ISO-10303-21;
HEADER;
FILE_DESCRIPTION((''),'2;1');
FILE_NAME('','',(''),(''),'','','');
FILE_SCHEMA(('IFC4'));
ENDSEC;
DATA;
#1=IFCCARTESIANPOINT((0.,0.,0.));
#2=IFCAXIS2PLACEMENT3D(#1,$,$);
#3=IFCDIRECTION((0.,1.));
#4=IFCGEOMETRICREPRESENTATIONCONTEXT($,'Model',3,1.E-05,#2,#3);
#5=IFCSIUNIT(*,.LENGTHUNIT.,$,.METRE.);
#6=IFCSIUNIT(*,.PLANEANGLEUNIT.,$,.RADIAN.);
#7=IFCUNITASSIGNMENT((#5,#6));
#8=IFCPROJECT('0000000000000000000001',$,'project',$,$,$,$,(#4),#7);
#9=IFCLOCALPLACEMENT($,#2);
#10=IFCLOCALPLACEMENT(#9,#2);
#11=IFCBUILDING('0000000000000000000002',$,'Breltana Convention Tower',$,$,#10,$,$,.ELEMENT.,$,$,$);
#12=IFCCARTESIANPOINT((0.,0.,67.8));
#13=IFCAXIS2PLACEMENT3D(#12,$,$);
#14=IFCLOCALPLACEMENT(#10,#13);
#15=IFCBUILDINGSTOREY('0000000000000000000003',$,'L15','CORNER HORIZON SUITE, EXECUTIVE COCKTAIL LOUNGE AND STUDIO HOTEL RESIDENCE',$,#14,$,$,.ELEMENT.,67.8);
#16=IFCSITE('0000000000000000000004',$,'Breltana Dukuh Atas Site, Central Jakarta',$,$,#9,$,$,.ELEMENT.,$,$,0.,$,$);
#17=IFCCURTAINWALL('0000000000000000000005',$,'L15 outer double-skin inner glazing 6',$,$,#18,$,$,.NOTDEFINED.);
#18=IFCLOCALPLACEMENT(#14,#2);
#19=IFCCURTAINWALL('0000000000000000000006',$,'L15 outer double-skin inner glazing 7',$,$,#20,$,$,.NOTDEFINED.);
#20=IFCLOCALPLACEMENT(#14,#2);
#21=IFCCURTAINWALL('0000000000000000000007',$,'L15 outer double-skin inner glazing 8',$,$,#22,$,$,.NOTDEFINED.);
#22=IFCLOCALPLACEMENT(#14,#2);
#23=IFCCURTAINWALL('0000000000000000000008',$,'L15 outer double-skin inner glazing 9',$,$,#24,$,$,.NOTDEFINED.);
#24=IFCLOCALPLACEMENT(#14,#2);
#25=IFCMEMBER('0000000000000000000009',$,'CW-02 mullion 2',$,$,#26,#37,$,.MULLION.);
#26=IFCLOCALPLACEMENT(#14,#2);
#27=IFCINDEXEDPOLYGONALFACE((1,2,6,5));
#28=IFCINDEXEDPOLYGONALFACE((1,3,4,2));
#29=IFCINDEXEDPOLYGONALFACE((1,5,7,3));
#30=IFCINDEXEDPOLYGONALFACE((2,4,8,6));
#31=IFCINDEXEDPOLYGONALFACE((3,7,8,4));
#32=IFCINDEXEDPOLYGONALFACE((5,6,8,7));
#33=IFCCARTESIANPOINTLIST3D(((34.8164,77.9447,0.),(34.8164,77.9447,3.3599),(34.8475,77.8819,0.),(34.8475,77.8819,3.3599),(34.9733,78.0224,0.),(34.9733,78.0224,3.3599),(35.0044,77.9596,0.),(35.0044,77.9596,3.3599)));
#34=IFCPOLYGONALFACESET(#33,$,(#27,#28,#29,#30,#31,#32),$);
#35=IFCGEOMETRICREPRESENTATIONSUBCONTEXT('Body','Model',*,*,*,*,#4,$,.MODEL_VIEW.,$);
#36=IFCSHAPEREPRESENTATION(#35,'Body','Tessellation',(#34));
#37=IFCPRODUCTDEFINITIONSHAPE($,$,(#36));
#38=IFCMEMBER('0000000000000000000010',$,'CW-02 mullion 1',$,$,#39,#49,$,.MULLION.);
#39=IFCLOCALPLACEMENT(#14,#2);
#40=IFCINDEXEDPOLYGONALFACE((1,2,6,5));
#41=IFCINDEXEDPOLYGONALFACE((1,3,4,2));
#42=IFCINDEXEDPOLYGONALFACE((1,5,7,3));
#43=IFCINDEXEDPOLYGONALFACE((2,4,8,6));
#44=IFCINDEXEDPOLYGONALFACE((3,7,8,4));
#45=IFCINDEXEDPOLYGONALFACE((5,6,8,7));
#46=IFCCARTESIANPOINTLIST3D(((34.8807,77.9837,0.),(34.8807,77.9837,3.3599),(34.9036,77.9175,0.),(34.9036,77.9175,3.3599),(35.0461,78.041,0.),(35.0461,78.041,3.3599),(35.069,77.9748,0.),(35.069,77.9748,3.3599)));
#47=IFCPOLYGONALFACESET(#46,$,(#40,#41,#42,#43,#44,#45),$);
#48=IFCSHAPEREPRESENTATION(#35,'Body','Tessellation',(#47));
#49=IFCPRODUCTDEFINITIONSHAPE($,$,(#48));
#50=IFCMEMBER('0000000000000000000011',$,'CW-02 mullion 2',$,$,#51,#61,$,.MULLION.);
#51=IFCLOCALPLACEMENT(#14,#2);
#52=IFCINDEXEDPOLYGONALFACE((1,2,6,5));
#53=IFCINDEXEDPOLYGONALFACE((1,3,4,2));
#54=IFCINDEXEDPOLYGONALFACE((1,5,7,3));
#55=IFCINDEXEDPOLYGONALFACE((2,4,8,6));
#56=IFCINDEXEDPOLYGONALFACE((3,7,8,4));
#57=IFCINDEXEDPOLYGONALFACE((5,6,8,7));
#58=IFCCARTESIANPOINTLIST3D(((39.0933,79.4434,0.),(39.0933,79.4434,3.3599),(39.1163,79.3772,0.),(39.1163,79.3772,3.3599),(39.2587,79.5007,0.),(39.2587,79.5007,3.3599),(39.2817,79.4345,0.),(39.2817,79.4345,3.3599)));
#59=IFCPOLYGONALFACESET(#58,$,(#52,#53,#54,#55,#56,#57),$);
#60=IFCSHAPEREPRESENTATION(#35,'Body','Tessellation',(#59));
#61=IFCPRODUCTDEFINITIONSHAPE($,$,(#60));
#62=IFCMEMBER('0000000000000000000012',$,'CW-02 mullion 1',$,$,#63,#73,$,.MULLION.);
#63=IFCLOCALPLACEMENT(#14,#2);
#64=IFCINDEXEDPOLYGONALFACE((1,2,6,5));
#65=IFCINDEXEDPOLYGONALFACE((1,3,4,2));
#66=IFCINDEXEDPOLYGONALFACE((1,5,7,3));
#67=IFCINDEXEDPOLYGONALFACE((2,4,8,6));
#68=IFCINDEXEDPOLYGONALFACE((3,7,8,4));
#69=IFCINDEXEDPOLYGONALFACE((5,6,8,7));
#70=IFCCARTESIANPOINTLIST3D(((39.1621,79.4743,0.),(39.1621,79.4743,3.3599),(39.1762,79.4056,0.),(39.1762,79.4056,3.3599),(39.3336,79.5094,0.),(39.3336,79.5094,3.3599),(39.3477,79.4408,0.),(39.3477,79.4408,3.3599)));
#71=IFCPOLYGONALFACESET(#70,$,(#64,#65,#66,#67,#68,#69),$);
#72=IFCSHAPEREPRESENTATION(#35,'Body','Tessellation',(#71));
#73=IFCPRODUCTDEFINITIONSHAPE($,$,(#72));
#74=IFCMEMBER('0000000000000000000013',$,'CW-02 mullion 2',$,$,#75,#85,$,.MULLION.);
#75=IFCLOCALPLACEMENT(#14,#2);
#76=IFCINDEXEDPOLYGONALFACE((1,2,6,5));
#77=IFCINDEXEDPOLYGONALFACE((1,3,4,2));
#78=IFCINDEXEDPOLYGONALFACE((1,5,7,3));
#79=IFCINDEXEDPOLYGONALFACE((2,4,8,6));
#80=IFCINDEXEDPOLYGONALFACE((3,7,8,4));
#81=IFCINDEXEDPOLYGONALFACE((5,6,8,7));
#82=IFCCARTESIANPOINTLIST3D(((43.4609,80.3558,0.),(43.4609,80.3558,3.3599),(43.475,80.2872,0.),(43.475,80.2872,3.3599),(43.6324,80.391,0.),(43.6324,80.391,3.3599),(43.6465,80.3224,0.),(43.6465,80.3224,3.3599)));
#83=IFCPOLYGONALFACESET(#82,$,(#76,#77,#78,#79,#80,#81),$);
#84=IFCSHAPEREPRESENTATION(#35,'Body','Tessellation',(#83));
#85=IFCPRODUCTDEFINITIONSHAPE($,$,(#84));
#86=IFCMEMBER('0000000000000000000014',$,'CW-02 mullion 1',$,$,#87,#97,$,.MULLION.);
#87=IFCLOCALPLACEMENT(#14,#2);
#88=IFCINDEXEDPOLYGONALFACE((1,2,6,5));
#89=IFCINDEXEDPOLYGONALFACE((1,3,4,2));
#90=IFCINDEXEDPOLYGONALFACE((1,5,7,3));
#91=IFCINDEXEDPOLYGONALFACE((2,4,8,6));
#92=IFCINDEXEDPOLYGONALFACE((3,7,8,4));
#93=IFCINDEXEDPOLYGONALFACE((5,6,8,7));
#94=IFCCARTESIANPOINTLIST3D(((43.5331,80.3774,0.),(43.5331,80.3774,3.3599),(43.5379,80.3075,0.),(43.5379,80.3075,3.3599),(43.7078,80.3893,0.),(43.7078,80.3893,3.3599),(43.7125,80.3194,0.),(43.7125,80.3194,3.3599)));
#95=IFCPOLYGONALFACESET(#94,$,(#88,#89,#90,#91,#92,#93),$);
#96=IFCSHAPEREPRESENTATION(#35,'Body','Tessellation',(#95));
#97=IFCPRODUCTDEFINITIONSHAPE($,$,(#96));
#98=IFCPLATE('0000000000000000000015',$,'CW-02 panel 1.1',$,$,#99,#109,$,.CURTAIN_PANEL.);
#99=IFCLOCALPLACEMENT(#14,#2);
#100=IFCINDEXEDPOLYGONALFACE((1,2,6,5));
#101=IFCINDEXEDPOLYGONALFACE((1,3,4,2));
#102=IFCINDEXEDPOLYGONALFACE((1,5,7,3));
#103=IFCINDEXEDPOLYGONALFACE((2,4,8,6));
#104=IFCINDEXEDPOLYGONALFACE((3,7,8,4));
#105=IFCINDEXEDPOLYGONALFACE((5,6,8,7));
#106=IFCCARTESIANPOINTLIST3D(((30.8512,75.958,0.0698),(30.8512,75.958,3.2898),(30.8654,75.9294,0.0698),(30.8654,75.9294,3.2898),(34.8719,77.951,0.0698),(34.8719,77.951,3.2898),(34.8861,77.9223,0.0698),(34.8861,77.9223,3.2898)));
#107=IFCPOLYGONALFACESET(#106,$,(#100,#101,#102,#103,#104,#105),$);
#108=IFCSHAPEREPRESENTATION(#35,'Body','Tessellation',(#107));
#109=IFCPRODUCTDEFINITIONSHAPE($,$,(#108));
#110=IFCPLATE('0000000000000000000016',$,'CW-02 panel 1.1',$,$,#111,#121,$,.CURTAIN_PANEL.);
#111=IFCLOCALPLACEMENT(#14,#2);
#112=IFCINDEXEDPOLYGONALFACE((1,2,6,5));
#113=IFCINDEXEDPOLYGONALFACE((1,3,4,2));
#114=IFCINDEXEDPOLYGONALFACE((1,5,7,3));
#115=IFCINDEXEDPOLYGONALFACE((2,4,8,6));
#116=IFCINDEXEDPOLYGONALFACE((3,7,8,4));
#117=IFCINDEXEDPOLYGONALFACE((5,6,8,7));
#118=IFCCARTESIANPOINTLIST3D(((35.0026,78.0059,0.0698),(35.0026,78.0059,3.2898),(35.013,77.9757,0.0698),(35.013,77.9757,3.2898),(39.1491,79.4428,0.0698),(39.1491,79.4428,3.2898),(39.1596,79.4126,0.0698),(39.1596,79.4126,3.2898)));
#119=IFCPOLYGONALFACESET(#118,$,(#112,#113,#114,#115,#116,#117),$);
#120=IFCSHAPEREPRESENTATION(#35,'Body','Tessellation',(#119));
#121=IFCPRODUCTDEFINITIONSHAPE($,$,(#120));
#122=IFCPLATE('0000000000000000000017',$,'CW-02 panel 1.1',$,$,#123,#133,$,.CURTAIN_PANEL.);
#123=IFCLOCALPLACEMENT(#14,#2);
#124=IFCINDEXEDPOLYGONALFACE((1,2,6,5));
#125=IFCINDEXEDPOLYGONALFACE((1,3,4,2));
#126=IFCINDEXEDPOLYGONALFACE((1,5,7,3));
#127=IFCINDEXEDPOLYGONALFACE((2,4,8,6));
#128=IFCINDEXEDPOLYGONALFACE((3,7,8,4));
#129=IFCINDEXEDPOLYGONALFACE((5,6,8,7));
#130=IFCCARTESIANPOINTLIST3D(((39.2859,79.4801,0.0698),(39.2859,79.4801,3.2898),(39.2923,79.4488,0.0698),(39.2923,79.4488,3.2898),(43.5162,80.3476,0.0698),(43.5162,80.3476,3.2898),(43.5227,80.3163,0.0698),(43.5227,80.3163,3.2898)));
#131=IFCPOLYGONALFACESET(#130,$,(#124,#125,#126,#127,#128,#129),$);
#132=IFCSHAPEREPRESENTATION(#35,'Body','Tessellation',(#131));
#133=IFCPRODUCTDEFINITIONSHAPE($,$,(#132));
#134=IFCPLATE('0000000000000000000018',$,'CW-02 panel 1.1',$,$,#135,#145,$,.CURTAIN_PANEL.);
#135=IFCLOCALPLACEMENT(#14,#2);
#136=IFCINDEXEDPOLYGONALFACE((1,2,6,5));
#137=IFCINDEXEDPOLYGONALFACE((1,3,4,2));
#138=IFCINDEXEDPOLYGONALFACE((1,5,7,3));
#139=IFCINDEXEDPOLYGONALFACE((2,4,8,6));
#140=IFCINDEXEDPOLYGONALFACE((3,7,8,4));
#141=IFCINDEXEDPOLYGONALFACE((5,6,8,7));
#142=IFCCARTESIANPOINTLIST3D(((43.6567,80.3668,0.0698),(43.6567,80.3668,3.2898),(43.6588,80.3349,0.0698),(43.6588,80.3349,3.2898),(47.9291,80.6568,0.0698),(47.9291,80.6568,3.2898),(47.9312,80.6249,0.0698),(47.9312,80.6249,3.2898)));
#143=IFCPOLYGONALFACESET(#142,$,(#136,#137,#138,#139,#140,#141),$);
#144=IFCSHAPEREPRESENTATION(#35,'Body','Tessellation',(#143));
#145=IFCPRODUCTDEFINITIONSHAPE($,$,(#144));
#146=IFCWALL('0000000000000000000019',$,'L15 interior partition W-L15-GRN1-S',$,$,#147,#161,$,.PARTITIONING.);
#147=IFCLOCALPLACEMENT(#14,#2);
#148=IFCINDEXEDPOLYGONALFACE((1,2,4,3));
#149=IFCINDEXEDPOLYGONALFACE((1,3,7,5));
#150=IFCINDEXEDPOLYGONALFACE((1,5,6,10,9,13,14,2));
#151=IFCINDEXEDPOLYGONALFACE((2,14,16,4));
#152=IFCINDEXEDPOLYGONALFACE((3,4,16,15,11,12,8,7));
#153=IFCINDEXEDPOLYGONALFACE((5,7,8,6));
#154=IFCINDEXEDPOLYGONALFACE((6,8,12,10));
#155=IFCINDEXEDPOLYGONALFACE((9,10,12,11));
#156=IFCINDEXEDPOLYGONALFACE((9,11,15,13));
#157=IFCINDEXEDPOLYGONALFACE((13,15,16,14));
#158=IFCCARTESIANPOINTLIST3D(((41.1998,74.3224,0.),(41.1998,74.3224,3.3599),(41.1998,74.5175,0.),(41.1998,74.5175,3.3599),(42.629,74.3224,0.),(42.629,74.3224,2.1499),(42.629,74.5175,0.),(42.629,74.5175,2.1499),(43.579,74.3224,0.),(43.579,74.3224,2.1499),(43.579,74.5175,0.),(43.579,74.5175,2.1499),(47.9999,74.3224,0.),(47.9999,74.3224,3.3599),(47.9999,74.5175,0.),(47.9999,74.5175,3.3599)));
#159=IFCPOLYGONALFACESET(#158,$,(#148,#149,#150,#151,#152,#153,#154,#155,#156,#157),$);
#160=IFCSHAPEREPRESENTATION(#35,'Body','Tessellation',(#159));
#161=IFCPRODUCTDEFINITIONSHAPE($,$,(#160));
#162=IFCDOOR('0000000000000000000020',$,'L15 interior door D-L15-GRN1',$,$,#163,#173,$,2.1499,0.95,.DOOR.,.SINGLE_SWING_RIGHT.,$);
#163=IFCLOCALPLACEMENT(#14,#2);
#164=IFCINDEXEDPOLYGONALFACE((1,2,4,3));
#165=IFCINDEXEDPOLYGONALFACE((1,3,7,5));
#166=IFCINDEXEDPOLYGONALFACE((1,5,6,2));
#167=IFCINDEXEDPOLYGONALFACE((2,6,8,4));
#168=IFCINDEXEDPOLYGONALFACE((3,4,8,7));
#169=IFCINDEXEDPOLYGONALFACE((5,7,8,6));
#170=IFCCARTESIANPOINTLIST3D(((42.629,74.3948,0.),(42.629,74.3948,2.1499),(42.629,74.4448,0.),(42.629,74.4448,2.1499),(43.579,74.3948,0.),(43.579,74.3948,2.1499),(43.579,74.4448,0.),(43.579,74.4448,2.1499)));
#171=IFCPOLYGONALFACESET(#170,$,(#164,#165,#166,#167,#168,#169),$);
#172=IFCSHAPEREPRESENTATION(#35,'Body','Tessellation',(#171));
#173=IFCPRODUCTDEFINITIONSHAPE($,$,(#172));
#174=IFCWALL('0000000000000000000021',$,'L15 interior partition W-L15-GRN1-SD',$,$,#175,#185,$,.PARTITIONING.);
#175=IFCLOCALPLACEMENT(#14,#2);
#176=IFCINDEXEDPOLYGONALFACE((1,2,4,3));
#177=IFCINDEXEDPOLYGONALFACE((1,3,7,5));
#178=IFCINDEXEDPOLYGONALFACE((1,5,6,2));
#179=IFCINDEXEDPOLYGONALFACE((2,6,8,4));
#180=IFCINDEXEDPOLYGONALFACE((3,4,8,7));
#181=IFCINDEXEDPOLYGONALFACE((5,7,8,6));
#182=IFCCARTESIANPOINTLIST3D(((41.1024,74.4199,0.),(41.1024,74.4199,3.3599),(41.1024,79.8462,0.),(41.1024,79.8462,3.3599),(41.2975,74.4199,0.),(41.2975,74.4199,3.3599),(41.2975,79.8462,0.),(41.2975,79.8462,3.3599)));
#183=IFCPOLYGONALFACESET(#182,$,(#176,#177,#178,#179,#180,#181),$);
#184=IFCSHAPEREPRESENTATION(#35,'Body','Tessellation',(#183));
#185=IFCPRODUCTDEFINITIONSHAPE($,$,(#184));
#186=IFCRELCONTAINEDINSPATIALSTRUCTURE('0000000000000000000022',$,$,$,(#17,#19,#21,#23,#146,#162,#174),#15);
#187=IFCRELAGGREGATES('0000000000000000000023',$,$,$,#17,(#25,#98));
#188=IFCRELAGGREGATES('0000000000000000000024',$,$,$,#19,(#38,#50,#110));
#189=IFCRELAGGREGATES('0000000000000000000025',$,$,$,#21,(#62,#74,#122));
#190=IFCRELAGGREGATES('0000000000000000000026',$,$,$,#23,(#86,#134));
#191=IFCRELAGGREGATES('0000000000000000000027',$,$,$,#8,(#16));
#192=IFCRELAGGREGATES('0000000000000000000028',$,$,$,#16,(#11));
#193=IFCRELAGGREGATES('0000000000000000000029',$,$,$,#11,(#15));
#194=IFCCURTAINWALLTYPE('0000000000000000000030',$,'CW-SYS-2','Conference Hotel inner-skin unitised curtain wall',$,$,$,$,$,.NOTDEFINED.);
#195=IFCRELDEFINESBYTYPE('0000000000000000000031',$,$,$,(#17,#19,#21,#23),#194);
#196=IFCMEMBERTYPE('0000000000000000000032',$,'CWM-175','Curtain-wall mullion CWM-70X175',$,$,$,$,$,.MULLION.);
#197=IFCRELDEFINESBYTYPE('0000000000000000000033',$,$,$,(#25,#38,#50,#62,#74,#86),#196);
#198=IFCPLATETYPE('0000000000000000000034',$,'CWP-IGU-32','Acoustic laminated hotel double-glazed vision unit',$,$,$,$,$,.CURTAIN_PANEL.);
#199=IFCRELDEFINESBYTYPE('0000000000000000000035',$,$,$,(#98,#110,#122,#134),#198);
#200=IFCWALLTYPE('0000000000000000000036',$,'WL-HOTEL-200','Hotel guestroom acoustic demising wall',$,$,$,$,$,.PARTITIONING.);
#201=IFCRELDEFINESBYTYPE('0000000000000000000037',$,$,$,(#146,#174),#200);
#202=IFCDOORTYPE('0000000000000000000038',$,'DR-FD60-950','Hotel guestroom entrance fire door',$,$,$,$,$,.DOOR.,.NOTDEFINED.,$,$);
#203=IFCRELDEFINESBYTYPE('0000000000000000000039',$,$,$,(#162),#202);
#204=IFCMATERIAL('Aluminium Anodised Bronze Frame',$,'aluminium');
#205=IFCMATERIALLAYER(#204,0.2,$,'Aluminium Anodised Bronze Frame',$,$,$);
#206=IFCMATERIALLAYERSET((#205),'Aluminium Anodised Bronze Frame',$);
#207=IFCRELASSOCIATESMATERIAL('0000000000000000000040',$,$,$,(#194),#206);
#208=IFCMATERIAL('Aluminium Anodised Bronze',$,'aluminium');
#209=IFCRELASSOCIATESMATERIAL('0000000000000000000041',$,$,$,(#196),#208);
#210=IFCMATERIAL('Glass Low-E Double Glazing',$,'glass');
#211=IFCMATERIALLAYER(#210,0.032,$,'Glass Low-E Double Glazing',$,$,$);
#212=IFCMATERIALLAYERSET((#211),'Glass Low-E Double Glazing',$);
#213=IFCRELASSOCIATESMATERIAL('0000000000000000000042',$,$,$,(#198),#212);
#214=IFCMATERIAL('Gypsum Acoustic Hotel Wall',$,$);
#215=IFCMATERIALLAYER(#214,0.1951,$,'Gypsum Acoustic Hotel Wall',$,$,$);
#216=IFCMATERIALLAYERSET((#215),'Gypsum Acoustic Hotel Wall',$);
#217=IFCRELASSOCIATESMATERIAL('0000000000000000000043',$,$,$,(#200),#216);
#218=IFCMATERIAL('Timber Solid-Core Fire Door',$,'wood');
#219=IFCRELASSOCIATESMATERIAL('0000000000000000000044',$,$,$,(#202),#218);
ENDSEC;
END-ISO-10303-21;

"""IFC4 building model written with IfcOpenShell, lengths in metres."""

from ifc_helpers import new_model, si_unit, direction, frame, frame_2d, origin, origin_2d, place, context, subcontext, project, spatial, rectangle, extrude, source, transform, mapped, material, layer, layer_set, material_profile, profile_set, type_object, type_shapes, element, fill, aggregate, save


model = new_model("IFC4")

# Units and contexts
model_context = context("Model", 3, precision=1e-05, world=origin(), true_north=direction((0.0, 1.0)))
body_context = subcontext(model_context, "Body", "Model", "MODEL_VIEW")
ifc_project = project(units=[si_unit("LENGTHUNIT", "METRE"), si_unit("PLANEANGLEUNIT", "RADIAN")], contexts=[model_context])

# Site, building, storey
site_placement = place(None, origin())
site = spatial("IfcSite", under=ifc_project, at=site_placement, Name="Breltana Dukuh Atas Site, Central Jakarta", CompositionType="ELEMENT", RefElevation=0.0)
building_placement = place(site_placement, origin())
building = spatial("IfcBuilding", under=site, at=building_placement, Name="Breltana Convention Tower", CompositionType="ELEMENT")
storey_placement = place(building_placement, frame((0.0, 0.0, 67.8)))
storey = spatial("IfcBuildingStorey", under=building, at=storey_placement, Name="L15", Description="CORNER HORIZON SUITE, EXECUTIVE COCKTAIL LOUNGE AND STUDIO HOTEL RESIDENCE", CompositionType="ELEMENT", Elevation=67.8)

# Curtain walls
ifc_material_1 = material(Name="Aluminium Anodised Bronze Frame", Category="aluminium")
ifc_layer_1 = layer(ifc_material_1, 0.2, Name="Aluminium Anodised Bronze Frame")
ifc_layer_set_1 = layer_set([ifc_layer_1], Name="Aluminium Anodised Bronze Frame")
curtain_wall_type = type_object("IfcCurtainWallType", Name="CW-SYS-2", Description="Conference Hotel inner-skin unitised curtain wall", PredefinedType="NOTDEFINED", material=ifc_layer_set_1)
curtain_wall_1_placement = place(storey_placement, origin())
curtain_wall_1 = element("IfcCurtainWall", 1, at=curtain_wall_1_placement, inside=storey, type_object=curtain_wall_type, Name="L15 outer double-skin inner glazing 6", PredefinedType="NOTDEFINED")
ifc_material_2 = material(Name="Aluminium Anodised Bronze", Category="aluminium")
curtain_wall_2_placement = place(storey_placement, origin())
curtain_wall_2 = element("IfcCurtainWall", 2, at=curtain_wall_2_placement, inside=storey, type_object=curtain_wall_type, Name="L15 outer double-skin inner glazing 7", PredefinedType="NOTDEFINED")
curtain_wall_3_placement = place(storey_placement, origin())
curtain_wall_3 = element("IfcCurtainWall", 3, at=curtain_wall_3_placement, inside=storey, type_object=curtain_wall_type, Name="L15 outer double-skin inner glazing 8", PredefinedType="NOTDEFINED")
curtain_wall_4_placement = place(storey_placement, origin())
curtain_wall_4 = element("IfcCurtainWall", 4, at=curtain_wall_4_placement, inside=storey, type_object=curtain_wall_type, Name="L15 outer double-skin inner glazing 9", PredefinedType="NOTDEFINED")

# Members
ifc_material_profile_1 = material_profile(ifc_material_2, rectangle(XDim=0.0701, YDim=0.175, at=origin_2d()), Name="CWM-70X175")
ifc_profile_set_1 = profile_set([ifc_material_profile_1], Name="Aluminium Anodised Bronze")
member_type_1 = type_object("IfcMemberType", Name="CWM-175", Description="Curtain-wall mullion CWM-70X175", PredefinedType="MULLION", material=ifc_profile_set_1)
shared_shape_1 = source(origin(), body_context, "Body", "SweptSolid", [
    extrude(rectangle(XDim=0.0701, YDim=0.175, at=origin_2d()), origin(), (0.0, 0.0, 1.0), 3.3599),
])
member_1_placement = place(storey_placement, frame((34.9104, 77.9521, 0.0), z_axis=(0.0, 0.0, 1.0), x_axis=(-0.444108, 0.895973, 0.0)))
member_1 = element("IfcMember", 5, at=member_1_placement, type_object=member_type_1, Name="CW-02 mullion 2", PredefinedType="MULLION", context=body_context, shape_type="MappedRepresentation", body=[
    mapped(shared_shape_1, transform((0.0, 0.0, 0.0), scale=1.0)),
])
member_2_placement = place(storey_placement, frame((34.9749, 77.9792, 0.0), z_axis=(0.0, 0.0, 1.0), x_axis=(-0.327428, 0.944876, 0.0)))
member_2 = element("IfcMember", 6, at=member_2_placement, type_object=member_type_1, Name="CW-02 mullion 1", PredefinedType="MULLION", context=body_context, shape_type="MappedRepresentation", body=[
    mapped(shared_shape_1, transform((0.0, 0.0, 0.0), scale=1.0)),
])
member_3_placement = place(storey_placement, frame((39.1875, 79.439, 0.0), z_axis=(0.0, 0.0, 1.0), x_axis=(-0.327428, 0.944876, 0.0)))
member_3 = element("IfcMember", 7, at=member_3_placement, type_object=member_type_1, Name="CW-02 mullion 2", PredefinedType="MULLION", context=body_context, shape_type="MappedRepresentation", body=[
    mapped(shared_shape_1, transform((0.0, 0.0, 0.0), scale=1.0)),
])
member_4_placement = place(storey_placement, frame((39.2549, 79.4575, 0.0), z_axis=(0.0, 0.0, 1.0), x_axis=(-0.200885, 0.979615, 0.0)))
member_4 = element("IfcMember", 8, at=member_4_placement, type_object=member_type_1, Name="CW-02 mullion 1", PredefinedType="MULLION", context=body_context, shape_type="MappedRepresentation", body=[
    mapped(shared_shape_1, transform((0.0, 0.0, 0.0), scale=1.0)),
])
member_5_placement = place(storey_placement, frame((43.5537, 80.3391, 0.0), z_axis=(0.0, 0.0, 1.0), x_axis=(-0.200885, 0.979615, 0.0)))
member_5 = element("IfcMember", 9, at=member_5_placement, type_object=member_type_1, Name="CW-02 mullion 2", PredefinedType="MULLION", context=body_context, shape_type="MappedRepresentation", body=[
    mapped(shared_shape_1, transform((0.0, 0.0, 0.0), scale=1.0)),
])
member_6_placement = place(storey_placement, frame((43.6228, 80.3484, 0.0), z_axis=(0.0, 0.0, 1.0), x_axis=(-0.067726, 0.997704, 0.0)))
member_6 = element("IfcMember", 10, at=member_6_placement, type_object=member_type_1, Name="CW-02 mullion 1", PredefinedType="MULLION", context=body_context, shape_type="MappedRepresentation", body=[
    mapped(shared_shape_1, transform((0.0, 0.0, 0.0), scale=1.0)),
])

# Plates
ifc_material_3 = material(Name="Glass Low-E Double Glazing", Category="glass")
ifc_layer_2 = layer(ifc_material_3, 0.032, Name="Glass Low-E Double Glazing")
ifc_layer_set_2 = layer_set([ifc_layer_2], Name="Glass Low-E Double Glazing")
plate_type = type_object("IfcPlateType", Name="CWP-IGU-32", Description="Acoustic laminated hotel double-glazed vision unit", PredefinedType="CURTAIN_PANEL", material=ifc_layer_set_2)
shared_shape_2 = source(origin(), body_context, "Body", "SweptSolid", [
    extrude(rectangle(XDim=4.4875, YDim=0.032, at=origin_2d()), origin(), (0.0, 0.0, 1.0), 3.22),
])
plate_1_placement = place(storey_placement, frame((32.8687, 76.9402, 0.0698), z_axis=(0.0, 0.0, 1.0), x_axis=(0.895973, 0.444108, 0.0)))
plate_1 = element("IfcPlate", 11, at=plate_1_placement, type_object=plate_type, Name="CW-02 panel 1.1", PredefinedType="CURTAIN_PANEL", context=body_context, shape_type="MappedRepresentation", body=[
    mapped(shared_shape_2, transform((0.0, 0.0, 0.0), scale=1.0)),
])
aggregate(curtain_wall_1, [member_1, plate_1])
shared_shape_3 = source(origin(), body_context, "Body", "SweptSolid", [
    extrude(rectangle(XDim=4.3884, YDim=0.032, at=origin_2d()), origin(), (0.0, 0.0, 1.0), 3.22),
])
plate_2_placement = place(storey_placement, frame((37.0811, 78.7092, 0.0698), z_axis=(0.0, 0.0, 1.0), x_axis=(0.944876, 0.327428, 0.0)))
plate_2 = element("IfcPlate", 12, at=plate_2_placement, type_object=plate_type, Name="CW-02 panel 1.1", PredefinedType="CURTAIN_PANEL", context=body_context, shape_type="MappedRepresentation", body=[
    mapped(shared_shape_3, transform((0.0, 0.0, 0.0), scale=1.0)),
])
aggregate(curtain_wall_2, [member_2, member_3, plate_2])
shared_shape_4 = source(origin(), body_context, "Body", "SweptSolid", [
    extrude(rectangle(XDim=4.3184, YDim=0.032, at=origin_2d()), origin(), (0.0, 0.0, 1.0), 3.22),
])
plate_3_placement = place(storey_placement, frame((41.4043, 79.8982, 0.0698), z_axis=(0.0, 0.0, 1.0), x_axis=(0.979615, 0.200885, 0.0)))
plate_3 = element("IfcPlate", 13, at=plate_3_placement, type_object=plate_type, Name="CW-02 panel 1.1", PredefinedType="CURTAIN_PANEL", context=body_context, shape_type="MappedRepresentation", body=[
    mapped(shared_shape_4, transform((0.0, 0.0, 0.0), scale=1.0)),
])
aggregate(curtain_wall_3, [member_4, member_5, plate_3])
shared_shape_5 = source(origin(), body_context, "Body", "SweptSolid", [
    extrude(rectangle(XDim=4.2822, YDim=0.032, at=origin_2d()), origin(), (0.0, 0.0, 1.0), 3.22),
])
plate_4_placement = place(storey_placement, frame((45.7939, 80.4958, 0.0698), z_axis=(0.0, 0.0, 1.0), x_axis=(0.997704, 0.067726, 0.0)))
plate_4 = element("IfcPlate", 14, at=plate_4_placement, type_object=plate_type, Name="CW-02 panel 1.1", PredefinedType="CURTAIN_PANEL", context=body_context, shape_type="MappedRepresentation", body=[
    mapped(shared_shape_5, transform((0.0, 0.0, 0.0), scale=1.0)),
])
aggregate(curtain_wall_4, [member_6, plate_4])

# Wall, opening, door
ifc_material_4 = material(Name="Gypsum Acoustic Hotel Wall")
ifc_layer_3 = layer(ifc_material_4, 0.1951, Name="Gypsum Acoustic Hotel Wall")
ifc_layer_set_3 = layer_set([ifc_layer_3], Name="Gypsum Acoustic Hotel Wall")
wall_type_1 = type_object("IfcWallType", Name="WL-HOTEL-200", Description="Hotel guestroom acoustic demising wall", PredefinedType="PARTITIONING", material=ifc_layer_set_3)
shared_shape_6 = source(origin(), body_context, "Body", "SweptSolid", [
    extrude(rectangle(XDim=6.8, YDim=0.1951, at=frame_2d((3.3999, 0.0))), origin(), (0.0, 0.0, 1.0), 3.3599),
])
wall_1_placement = place(storey_placement, frame((41.2, 74.4199, 0.0), z_axis=(0.0, 0.0, 1.0), x_axis=(1.0, 0.0, 0.0)))
wall_1 = element("IfcWall", 15, at=wall_1_placement, inside=storey, type_object=wall_type_1, Name="L15 interior partition W-L15-GRN1-S", PredefinedType="PARTITIONING", context=body_context, shape_type="MappedRepresentation", body=[
    mapped(shared_shape_6, transform((0.0, 0.0, 0.0), scale=1.0)),
])
opening_1_placement = place(wall_1_placement, frame((1.429, 0.0, 0.0)))
opening_1 = element("IfcOpeningElement", 16, at=opening_1_placement, cuts=wall_1, PredefinedType="OPENING", context=body_context, shape_type="SweptSolid", body=[
    extrude(rectangle(XDim=0.95, YDim=2.1499, at=frame_2d((0.4751, 1.075))), frame((0.0, 0.1074, 0.0), z_axis=(0.0, -1.0, 0.0), x_axis=(1.0, 0.0, 0.0)), (0.0, 0.0, 1.0), 0.2151),
])
ifc_material_5 = material(Name="Timber Solid-Core Fire Door", Category="wood")
door_type_1 = type_object("IfcDoorType", Name="DR-FD60-950", Description="Hotel guestroom entrance fire door", OperationType="NOTDEFINED", PredefinedType="DOOR", material=ifc_material_5)
shared_shape_7 = source(origin(), body_context, "Body", "SweptSolid", [
    extrude(rectangle(XDim=0.95, YDim=2.1499, at=frame_2d((0.4751, 1.075))), frame((0.0, 0.0249, 0.0), z_axis=(0.0, -1.0, 0.0), x_axis=(1.0, 0.0, 0.0)), (0.0, 0.0, 1.0), 0.05),
])
type_shapes(door_type_1, [shared_shape_7])
door_1_placement = place(opening_1_placement, origin())
door_1 = element("IfcDoor", 17, at=door_1_placement, inside=storey, type_object=door_type_1, Name="L15 interior door D-L15-GRN1", OperationType="SINGLE_SWING_RIGHT", OverallHeight=2.1499, OverallWidth=0.95, PredefinedType="DOOR", context=body_context, shape_type="MappedRepresentation", body=[
    mapped(shared_shape_7, transform((0.0, 0.0, 0.0), scale=1.0)),
])
fill(opening_1, door_1)

# Wall
shared_shape_8 = source(origin(), body_context, "Body", "SweptSolid", [
    extrude(rectangle(XDim=5.4263, YDim=0.1951, at=frame_2d((2.7131, 0.0))), origin(), (0.0, 0.0, 1.0), 3.3599),
])
wall_2_placement = place(storey_placement, frame((41.2, 74.4199, 0.0), z_axis=(0.0, 0.0, 1.0), x_axis=(0.0, 1.0, 0.0)))
element("IfcWall", 18, at=wall_2_placement, inside=storey, type_object=wall_type_1, Name="L15 interior partition W-L15-GRN1-SD", PredefinedType="PARTITIONING", context=body_context, shape_type="MappedRepresentation", body=[
    mapped(shared_shape_8, transform((0.0, 0.0, 0.0), scale=1.0)),
])

save(model, "model.ifc")
